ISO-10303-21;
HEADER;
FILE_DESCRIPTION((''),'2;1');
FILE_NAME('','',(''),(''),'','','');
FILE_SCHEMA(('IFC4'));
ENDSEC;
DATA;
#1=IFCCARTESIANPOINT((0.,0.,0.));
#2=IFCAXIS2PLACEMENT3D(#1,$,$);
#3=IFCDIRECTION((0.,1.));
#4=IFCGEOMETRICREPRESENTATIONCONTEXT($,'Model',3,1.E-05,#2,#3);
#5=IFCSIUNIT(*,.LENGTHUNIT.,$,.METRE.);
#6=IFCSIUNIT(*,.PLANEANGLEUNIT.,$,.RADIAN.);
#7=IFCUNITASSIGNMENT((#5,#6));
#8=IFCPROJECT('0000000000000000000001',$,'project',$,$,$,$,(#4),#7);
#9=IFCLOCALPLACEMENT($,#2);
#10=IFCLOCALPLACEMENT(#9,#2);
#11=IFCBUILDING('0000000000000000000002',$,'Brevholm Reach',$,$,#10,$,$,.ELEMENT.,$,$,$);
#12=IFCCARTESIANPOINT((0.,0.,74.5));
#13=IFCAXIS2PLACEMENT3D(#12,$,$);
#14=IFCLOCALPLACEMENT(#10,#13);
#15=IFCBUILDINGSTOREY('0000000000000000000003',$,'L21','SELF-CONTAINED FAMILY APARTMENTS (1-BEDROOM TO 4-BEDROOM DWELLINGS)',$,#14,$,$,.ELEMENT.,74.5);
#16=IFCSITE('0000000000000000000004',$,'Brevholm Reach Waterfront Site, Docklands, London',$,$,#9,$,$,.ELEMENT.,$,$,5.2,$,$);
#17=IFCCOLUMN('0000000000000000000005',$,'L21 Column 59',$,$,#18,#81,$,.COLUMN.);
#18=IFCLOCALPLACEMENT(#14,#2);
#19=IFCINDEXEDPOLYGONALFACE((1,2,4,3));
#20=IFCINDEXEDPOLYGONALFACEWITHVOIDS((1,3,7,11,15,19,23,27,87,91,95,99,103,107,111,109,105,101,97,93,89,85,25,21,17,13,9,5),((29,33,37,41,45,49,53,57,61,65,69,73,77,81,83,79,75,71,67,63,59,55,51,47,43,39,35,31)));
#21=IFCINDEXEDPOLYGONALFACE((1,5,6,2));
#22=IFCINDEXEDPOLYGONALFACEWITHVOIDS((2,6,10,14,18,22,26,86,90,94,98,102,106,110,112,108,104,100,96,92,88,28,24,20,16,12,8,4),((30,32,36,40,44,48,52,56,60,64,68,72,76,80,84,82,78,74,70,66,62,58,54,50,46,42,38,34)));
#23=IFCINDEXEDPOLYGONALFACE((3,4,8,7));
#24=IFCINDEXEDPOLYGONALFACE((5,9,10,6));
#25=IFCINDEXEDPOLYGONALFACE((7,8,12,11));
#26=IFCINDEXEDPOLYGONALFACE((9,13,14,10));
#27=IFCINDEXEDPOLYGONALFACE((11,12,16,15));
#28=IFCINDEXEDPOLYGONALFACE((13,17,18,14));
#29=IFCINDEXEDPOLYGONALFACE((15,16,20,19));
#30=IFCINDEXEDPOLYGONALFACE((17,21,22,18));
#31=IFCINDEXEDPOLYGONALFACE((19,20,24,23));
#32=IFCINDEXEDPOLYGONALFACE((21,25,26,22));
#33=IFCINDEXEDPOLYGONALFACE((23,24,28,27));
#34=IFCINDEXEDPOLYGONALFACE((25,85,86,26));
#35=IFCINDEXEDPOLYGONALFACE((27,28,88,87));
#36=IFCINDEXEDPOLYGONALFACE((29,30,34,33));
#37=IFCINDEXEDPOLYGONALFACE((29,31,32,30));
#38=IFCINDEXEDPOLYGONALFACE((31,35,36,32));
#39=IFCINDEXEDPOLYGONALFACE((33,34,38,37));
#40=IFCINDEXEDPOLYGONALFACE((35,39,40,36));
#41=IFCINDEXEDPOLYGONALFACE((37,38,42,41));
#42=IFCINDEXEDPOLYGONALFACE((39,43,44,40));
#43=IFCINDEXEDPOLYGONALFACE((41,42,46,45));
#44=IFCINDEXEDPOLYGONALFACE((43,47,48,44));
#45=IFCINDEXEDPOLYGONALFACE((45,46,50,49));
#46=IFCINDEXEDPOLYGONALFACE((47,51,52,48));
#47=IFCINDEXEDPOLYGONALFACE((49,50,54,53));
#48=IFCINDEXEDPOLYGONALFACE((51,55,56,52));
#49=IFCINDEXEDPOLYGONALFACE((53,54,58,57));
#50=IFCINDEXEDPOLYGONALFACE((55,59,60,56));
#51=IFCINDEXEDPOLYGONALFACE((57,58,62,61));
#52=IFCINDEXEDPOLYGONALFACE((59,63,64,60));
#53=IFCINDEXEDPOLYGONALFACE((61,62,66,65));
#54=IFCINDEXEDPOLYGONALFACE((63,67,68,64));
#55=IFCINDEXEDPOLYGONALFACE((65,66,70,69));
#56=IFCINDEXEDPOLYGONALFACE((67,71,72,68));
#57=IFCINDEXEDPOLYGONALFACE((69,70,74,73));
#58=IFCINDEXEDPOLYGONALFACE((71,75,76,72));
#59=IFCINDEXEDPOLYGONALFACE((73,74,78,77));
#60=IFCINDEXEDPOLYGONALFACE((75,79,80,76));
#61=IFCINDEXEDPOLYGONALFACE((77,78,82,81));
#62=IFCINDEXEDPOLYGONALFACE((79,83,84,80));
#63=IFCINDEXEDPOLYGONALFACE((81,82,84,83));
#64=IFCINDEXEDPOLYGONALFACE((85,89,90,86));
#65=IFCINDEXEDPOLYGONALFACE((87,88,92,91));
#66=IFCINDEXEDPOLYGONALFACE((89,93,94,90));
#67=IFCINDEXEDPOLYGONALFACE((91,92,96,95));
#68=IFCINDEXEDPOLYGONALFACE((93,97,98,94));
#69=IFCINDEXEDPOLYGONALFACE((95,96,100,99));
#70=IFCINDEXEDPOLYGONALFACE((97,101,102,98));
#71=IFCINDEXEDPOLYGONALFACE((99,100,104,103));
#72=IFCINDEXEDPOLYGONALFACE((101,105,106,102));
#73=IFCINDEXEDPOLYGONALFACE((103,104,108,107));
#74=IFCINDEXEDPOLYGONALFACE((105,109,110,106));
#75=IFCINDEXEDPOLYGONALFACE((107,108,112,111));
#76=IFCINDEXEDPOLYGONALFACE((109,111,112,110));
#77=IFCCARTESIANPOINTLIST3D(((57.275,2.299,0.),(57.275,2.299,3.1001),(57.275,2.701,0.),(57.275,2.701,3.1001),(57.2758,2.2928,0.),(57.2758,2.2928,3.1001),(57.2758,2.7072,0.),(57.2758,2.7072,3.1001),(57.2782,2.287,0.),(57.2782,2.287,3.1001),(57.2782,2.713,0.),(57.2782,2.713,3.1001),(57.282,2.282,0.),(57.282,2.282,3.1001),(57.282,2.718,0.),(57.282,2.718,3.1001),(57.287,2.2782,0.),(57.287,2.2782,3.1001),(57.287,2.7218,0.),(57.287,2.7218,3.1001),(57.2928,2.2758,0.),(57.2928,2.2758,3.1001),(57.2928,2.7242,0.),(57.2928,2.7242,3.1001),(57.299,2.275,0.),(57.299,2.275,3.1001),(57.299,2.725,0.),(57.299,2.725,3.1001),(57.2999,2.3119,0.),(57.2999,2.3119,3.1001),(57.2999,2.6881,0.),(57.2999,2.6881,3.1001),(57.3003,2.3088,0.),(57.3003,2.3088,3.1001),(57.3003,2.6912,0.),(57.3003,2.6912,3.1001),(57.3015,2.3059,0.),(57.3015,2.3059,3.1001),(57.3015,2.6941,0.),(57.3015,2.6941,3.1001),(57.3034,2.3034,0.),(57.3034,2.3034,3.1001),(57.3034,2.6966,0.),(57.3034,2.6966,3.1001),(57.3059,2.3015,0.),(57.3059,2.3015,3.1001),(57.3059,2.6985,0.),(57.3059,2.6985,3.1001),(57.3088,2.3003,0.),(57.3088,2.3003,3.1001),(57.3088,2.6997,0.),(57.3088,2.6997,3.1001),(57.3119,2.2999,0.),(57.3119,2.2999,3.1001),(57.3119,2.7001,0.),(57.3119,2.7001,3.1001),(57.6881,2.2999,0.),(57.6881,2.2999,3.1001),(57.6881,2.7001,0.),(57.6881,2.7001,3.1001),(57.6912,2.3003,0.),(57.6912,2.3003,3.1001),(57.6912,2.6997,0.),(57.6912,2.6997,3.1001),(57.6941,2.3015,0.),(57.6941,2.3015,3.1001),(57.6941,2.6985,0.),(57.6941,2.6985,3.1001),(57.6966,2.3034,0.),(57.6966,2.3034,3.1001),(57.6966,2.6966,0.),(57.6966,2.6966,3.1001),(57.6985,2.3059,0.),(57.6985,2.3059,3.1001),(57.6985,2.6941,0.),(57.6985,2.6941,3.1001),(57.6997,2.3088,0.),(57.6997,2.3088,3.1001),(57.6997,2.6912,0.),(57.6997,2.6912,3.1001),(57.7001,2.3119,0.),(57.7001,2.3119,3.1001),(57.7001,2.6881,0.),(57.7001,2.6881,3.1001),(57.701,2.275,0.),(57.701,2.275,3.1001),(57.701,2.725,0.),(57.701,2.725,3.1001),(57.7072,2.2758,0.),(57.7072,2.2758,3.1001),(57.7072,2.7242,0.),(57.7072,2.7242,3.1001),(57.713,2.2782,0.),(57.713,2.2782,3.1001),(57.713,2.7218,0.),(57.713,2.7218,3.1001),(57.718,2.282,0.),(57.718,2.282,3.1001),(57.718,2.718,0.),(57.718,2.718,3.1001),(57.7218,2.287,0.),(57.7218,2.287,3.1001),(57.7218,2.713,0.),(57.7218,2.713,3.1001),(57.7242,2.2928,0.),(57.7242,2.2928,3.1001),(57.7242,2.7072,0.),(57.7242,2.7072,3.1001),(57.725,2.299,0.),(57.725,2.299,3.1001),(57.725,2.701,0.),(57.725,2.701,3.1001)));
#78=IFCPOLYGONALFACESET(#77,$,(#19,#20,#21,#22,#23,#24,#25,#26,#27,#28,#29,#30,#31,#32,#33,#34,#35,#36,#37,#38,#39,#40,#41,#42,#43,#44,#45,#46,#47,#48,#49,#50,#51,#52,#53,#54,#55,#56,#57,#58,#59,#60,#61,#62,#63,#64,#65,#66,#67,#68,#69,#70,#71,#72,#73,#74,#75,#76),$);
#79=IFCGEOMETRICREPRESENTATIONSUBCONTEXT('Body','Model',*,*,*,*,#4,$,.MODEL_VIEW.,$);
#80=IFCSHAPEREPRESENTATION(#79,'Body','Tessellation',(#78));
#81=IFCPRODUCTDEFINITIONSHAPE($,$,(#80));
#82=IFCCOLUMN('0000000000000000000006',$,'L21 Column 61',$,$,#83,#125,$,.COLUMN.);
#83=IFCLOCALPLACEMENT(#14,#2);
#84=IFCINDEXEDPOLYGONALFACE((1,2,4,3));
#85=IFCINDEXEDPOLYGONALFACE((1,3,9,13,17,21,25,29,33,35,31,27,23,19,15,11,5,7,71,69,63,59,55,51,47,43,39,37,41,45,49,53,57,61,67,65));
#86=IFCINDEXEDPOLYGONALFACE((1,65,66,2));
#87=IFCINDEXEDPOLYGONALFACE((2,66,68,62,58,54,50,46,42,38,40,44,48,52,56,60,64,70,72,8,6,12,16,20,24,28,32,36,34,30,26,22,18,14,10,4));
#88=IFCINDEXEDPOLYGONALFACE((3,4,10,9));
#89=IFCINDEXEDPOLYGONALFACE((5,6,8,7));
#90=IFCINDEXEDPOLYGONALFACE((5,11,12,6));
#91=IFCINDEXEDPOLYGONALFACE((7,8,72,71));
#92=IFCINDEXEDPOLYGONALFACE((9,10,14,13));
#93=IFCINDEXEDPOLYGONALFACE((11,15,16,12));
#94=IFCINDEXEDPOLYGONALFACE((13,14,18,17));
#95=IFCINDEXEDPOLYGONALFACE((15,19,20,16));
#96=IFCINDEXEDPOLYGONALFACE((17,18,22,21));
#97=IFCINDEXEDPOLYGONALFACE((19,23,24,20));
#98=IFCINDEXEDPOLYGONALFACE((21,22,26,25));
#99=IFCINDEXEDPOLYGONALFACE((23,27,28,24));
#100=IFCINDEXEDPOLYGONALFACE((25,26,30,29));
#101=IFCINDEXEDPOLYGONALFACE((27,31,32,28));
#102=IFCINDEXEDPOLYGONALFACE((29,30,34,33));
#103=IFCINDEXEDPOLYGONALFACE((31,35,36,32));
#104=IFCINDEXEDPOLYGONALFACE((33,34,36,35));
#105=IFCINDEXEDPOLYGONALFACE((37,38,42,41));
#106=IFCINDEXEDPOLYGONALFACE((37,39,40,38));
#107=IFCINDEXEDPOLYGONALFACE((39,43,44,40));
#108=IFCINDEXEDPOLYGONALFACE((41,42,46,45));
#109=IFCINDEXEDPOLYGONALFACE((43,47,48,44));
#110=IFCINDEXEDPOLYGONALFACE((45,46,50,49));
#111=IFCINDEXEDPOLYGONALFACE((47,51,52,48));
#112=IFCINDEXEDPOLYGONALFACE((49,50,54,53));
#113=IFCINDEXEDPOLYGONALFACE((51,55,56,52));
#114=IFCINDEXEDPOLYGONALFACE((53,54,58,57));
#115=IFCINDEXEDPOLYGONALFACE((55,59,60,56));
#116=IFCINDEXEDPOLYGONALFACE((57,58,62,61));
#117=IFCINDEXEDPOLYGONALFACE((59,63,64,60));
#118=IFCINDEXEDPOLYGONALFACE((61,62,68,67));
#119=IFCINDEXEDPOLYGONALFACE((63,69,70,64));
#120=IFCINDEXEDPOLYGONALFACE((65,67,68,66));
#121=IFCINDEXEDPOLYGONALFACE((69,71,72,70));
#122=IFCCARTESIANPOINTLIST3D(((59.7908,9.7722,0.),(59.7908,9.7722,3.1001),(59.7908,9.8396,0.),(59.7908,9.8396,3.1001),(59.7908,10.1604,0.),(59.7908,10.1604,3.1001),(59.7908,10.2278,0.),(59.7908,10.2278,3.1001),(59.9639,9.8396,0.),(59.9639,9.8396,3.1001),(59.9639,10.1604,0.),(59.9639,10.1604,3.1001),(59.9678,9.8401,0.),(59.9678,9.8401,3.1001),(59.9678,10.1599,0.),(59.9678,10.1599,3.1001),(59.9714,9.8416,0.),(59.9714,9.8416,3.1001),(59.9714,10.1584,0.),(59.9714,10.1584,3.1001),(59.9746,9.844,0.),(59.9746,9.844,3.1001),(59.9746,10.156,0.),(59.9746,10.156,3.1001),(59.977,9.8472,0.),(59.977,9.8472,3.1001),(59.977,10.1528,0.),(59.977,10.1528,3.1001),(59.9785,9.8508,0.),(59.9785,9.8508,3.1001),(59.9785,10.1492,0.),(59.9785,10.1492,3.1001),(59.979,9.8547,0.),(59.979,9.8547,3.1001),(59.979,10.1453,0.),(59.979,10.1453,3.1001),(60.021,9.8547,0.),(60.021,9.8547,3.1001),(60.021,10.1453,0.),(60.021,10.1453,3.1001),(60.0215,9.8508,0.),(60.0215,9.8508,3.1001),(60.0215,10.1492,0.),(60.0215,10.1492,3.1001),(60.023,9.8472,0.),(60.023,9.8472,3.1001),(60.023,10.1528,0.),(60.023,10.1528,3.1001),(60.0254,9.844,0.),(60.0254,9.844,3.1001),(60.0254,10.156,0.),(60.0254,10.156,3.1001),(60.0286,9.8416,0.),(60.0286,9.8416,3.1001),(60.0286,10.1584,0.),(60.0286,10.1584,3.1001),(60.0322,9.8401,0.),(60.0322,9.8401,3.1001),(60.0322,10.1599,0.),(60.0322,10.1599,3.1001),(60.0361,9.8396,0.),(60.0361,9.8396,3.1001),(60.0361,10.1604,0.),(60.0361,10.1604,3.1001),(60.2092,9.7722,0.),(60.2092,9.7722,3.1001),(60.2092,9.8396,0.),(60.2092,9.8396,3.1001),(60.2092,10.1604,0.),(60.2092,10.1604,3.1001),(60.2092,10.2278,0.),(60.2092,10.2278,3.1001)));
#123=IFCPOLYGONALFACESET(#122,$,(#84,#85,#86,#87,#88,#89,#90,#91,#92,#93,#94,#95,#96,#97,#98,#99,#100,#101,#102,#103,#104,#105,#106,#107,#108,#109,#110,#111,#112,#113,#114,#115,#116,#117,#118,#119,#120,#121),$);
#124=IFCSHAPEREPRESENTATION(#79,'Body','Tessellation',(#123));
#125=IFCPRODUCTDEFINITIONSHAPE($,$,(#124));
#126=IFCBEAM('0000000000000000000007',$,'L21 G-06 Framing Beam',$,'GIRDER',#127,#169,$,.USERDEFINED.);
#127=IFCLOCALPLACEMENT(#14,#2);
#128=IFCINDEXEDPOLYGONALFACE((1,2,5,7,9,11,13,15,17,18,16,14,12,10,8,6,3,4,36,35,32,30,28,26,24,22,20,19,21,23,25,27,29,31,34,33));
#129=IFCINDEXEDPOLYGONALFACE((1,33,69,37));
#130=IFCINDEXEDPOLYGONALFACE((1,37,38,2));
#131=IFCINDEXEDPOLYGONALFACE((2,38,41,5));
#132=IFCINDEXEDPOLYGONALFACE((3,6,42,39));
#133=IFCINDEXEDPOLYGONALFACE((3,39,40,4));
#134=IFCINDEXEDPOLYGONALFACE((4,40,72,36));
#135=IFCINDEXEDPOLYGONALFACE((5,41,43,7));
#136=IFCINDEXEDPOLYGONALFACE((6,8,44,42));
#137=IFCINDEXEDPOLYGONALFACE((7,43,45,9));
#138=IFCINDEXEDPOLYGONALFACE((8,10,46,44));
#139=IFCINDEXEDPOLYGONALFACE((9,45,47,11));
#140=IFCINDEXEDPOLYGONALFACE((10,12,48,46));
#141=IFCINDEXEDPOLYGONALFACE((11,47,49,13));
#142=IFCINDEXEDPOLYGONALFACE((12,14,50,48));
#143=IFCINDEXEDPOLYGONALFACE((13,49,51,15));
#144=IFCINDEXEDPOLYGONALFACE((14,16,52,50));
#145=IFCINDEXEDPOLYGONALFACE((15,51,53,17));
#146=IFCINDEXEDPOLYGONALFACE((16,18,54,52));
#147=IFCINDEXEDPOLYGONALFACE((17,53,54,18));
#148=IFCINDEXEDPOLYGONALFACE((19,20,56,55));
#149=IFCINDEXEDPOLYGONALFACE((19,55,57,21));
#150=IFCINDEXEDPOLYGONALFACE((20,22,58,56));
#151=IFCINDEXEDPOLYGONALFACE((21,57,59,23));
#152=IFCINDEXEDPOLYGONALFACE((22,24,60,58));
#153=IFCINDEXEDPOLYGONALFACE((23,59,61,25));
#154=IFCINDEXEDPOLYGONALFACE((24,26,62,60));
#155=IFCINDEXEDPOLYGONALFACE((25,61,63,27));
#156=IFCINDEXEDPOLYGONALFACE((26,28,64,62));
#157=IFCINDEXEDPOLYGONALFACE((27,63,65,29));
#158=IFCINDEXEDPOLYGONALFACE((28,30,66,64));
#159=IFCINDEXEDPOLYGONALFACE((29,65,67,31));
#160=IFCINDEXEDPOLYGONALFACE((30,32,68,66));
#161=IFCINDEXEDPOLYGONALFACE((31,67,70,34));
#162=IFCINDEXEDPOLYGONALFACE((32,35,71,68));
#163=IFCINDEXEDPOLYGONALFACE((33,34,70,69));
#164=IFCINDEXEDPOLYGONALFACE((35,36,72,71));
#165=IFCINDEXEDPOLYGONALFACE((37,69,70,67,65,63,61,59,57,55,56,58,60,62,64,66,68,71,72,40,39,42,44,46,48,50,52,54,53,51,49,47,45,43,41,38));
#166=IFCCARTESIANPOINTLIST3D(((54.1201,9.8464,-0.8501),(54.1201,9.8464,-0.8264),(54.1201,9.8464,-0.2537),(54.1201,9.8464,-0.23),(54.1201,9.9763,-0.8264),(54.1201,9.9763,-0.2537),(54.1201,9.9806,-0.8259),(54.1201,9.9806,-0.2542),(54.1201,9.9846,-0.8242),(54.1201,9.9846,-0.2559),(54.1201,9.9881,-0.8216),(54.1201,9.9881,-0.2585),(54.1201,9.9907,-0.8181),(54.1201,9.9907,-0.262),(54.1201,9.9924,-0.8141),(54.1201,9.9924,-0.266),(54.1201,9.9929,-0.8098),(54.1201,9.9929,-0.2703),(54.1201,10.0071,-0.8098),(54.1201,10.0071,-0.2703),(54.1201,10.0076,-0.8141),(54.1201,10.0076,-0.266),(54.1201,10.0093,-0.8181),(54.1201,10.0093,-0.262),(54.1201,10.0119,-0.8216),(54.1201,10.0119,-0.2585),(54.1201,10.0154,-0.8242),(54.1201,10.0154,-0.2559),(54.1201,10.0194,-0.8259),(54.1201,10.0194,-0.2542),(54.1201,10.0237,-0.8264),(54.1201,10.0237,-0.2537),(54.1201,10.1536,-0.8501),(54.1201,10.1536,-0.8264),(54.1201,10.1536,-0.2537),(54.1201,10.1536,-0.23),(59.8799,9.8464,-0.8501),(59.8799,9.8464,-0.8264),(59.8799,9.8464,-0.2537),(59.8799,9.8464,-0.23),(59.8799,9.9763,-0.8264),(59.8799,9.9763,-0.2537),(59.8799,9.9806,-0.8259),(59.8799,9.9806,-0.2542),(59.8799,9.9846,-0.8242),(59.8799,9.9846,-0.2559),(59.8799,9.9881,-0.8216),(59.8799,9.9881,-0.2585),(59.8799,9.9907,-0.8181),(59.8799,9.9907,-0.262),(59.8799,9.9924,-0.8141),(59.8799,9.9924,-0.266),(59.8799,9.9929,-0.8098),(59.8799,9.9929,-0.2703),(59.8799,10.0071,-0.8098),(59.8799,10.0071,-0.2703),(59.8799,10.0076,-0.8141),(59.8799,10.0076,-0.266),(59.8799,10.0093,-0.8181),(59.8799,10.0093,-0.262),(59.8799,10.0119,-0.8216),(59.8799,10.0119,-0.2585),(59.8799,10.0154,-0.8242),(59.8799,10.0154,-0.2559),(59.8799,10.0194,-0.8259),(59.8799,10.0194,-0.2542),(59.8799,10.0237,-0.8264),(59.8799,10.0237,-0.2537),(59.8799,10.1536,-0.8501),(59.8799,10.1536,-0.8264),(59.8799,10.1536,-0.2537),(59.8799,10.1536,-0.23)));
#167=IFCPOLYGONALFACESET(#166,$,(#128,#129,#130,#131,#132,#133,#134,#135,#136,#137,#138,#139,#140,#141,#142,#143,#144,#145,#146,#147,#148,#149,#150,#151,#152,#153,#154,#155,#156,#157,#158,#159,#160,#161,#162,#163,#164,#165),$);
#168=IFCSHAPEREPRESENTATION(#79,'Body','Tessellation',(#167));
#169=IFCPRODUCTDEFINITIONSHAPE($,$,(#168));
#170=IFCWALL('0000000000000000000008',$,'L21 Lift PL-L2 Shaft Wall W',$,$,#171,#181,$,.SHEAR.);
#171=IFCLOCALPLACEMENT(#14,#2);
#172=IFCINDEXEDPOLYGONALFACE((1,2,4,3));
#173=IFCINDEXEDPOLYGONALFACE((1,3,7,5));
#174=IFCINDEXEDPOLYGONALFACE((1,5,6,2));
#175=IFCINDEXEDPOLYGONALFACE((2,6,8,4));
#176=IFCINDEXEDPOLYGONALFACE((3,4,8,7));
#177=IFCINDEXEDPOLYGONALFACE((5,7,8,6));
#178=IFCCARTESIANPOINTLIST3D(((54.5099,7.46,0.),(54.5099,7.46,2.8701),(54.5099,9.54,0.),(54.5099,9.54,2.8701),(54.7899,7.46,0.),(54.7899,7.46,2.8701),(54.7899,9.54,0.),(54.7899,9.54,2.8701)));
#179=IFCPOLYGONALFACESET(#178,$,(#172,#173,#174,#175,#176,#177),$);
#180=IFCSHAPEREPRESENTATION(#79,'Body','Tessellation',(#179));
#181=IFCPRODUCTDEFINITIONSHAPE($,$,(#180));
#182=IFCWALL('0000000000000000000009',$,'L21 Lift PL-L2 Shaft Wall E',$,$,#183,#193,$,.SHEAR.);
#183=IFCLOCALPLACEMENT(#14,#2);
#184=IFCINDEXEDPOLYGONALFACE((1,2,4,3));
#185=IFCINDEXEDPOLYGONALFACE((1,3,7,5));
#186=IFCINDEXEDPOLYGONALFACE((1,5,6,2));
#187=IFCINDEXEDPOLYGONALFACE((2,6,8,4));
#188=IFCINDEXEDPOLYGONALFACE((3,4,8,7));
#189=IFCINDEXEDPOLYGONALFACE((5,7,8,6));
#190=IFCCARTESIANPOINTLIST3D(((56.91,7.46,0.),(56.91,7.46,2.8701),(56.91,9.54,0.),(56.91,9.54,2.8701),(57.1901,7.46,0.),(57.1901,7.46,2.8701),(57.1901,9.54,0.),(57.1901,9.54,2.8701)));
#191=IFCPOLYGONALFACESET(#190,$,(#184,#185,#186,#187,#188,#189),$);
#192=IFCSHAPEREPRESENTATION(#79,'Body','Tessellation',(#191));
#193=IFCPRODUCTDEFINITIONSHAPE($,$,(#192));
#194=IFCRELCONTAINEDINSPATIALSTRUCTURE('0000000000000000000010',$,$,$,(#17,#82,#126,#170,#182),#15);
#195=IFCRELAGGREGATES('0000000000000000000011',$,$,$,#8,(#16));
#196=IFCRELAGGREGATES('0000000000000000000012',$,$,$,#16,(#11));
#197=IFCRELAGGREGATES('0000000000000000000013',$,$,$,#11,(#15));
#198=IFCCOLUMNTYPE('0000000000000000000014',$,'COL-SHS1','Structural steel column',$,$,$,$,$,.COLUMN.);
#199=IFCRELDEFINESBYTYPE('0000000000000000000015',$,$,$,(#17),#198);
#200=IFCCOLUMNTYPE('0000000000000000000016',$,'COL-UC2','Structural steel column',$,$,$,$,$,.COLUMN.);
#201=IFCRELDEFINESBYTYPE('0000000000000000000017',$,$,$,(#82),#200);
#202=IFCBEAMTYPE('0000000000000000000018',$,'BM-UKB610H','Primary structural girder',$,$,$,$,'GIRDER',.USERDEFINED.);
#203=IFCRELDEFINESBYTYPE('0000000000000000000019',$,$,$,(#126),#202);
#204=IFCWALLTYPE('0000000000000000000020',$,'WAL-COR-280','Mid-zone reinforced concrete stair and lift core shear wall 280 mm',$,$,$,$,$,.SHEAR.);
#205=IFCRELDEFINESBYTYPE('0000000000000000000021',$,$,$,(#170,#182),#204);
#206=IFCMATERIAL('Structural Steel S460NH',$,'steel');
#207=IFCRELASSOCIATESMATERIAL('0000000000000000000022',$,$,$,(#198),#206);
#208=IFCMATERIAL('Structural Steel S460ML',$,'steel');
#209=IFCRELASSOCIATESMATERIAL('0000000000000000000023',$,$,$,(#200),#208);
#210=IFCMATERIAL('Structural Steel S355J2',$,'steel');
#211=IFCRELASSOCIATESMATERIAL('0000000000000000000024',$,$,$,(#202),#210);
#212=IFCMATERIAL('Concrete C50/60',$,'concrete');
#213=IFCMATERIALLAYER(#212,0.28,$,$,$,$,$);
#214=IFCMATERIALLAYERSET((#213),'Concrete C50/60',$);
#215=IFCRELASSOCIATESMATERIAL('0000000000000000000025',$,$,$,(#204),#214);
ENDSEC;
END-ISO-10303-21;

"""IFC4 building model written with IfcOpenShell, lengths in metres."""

from ifc_helpers import new_model, si_unit, direction, frame, frame_2d, origin, origin_2d, place, context, subcontext, project, spatial, rectangle, hollow_rectangle, i_section, extrude, material, layer, layer_set, material_profile, profile_set, type_object, element, save


model = new_model("IFC4")

# Units and contexts
model_context = context("Model", 3, precision=1e-05, world=origin(), true_north=direction((0.0, 1.0)))
body_context = subcontext(model_context, "Body", "Model", "MODEL_VIEW")
ifc_project = project(units=[si_unit("LENGTHUNIT", "METRE"), si_unit("PLANEANGLEUNIT", "RADIAN")], contexts=[model_context])

# Site, building, storey
site_placement = place(None, origin())
site = spatial("IfcSite", under=ifc_project, at=site_placement, Name="Brevholm Reach Waterfront Site, Docklands, London", CompositionType="ELEMENT", RefElevation=5.2)
building_placement = place(site_placement, origin())
building = spatial("IfcBuilding", under=site, at=building_placement, Name="Brevholm Reach", CompositionType="ELEMENT")
storey_placement = place(building_placement, frame((0.0, 0.0, 74.5)))
storey = spatial("IfcBuildingStorey", under=building, at=storey_placement, Name="L21", Description="SELF-CONTAINED FAMILY APARTMENTS (1-BEDROOM TO 4-BEDROOM DWELLINGS)", CompositionType="ELEMENT", Elevation=74.5)

# Columns
ifc_material_1 = material(Name="Structural Steel S460NH", Category="steel")
ifc_material_profile_1 = material_profile(ifc_material_1, hollow_rectangle(XDim=0.45, YDim=0.45, WallThickness=0.0249, InnerFilletRadius=0.012, OuterFilletRadius=0.0239, at=origin_2d()), Name="SHS 450x450x25")
ifc_profile_set_1 = profile_set([ifc_material_profile_1], Name="Structural Steel S460NH")
column_type_1 = type_object("IfcColumnType", Name="COL-SHS1", Description="Structural steel column", PredefinedType="COLUMN", material=ifc_profile_set_1)
column_1_placement = place(storey_placement, frame((57.5, 2.5, 0.0), z_axis=(0.0, 0.0, 1.0), x_axis=(1.0, 0.0, 0.0)))
element("IfcColumn", 1, at=column_1_placement, inside=storey, type_object=column_type_1, Name="L21 Column 59", PredefinedType="COLUMN", context=body_context, shape_type="SweptSolid", body=[
    extrude(hollow_rectangle(XDim=0.45, YDim=0.45, WallThickness=0.0249, InnerFilletRadius=0.012, OuterFilletRadius=0.0239, at=origin_2d()), origin(), (0.0, 0.0, 1.0), 3.1001),
])
ifc_material_2 = material(Name="Structural Steel S460ML", Category="steel")
ifc_material_profile_2 = material_profile(ifc_material_2, i_section(OverallWidth=0.4185, OverallDepth=0.4556, WebThickness=0.042, FlangeThickness=0.0674, FilletRadius=0.0151, at=origin_2d()), Name="UKC 356x406x551")
ifc_profile_set_2 = profile_set([ifc_material_profile_2], Name="Structural Steel S460ML")
column_type_2 = type_object("IfcColumnType", Name="COL-UC2", Description="Structural steel column", PredefinedType="COLUMN", material=ifc_profile_set_2)
column_2_placement = place(storey_placement, frame((60.0, 10.0, 0.0), z_axis=(0.0, 0.0, 1.0), x_axis=(1.0, 0.0, 0.0)))
element("IfcColumn", 2, at=column_2_placement, inside=storey, type_object=column_type_2, Name="L21 Column 61", PredefinedType="COLUMN", context=body_context, shape_type="SweptSolid", body=[
    extrude(i_section(OverallWidth=0.4185, OverallDepth=0.4556, WebThickness=0.042, FlangeThickness=0.0674, FilletRadius=0.0151, at=origin_2d()), origin(), (0.0, 0.0, 1.0), 3.1001),
])

# Beam
ifc_material_3 = material(Name="Structural Steel S355J2", Category="steel")
ifc_material_profile_3 = material_profile(ifc_material_3, i_section(OverallWidth=0.3071, OverallDepth=0.6201, WebThickness=0.0142, FlangeThickness=0.0237, FilletRadius=0.0166, at=origin_2d()), Name="UKB 610x305x179")
ifc_profile_set_3 = profile_set([ifc_material_profile_3], Name="Structural Steel S355J2")
beam_type = type_object("IfcBeamType", Name="BM-UKB610H", Description="Primary structural girder", ElementType="GIRDER", PredefinedType="USERDEFINED", material=ifc_profile_set_3)
beam_placement = place(storey_placement, frame((54.1201, 10.0, -0.54), z_axis=(1.0, 0.0, 0.0), x_axis=(0.0, 1.0, 0.0)))
element("IfcBeam", 3, at=beam_placement, inside=storey, type_object=beam_type, Name="L21 G-06 Framing Beam", ObjectType="GIRDER", PredefinedType="USERDEFINED", context=body_context, shape_type="SweptSolid", body=[
    extrude(i_section(OverallWidth=0.3071, OverallDepth=0.6201, WebThickness=0.0142, FlangeThickness=0.0237, FilletRadius=0.0166, at=origin_2d()), origin(), (0.0, 0.0, 1.0), 5.7598),
])

# Walls
ifc_material_4 = material(Name="Concrete C50/60", Category="concrete")
ifc_layer_1 = layer(ifc_material_4, 0.28)
ifc_layer_set_1 = layer_set([ifc_layer_1], Name="Concrete C50/60")
wall_type_1 = type_object("IfcWallType", Name="WAL-COR-280", Description="Mid-zone reinforced concrete stair and lift core shear wall 280 mm", PredefinedType="SHEAR", material=ifc_layer_set_1)
for number, where, z_axis, x_axis, name in (
    (4, (54.6499, 7.46, 0.0), (0.0, 0.0, 1.0), (0.0, 1.0, 0.0), "L21 Lift PL-L2 Shaft Wall W"),
    (5, (57.05, 7.46, 0.0), (0.0, 0.0, 1.0), (0.0, 1.0, 0.0), "L21 Lift PL-L2 Shaft Wall E"),
):
    element("IfcWall", number, at=place(storey_placement, frame(where, z_axis=z_axis, x_axis=x_axis)), inside=storey, type_object=wall_type_1, Name=name, PredefinedType="SHEAR", context=body_context, shape_type="SweptSolid", body=[
        extrude(rectangle(XDim=2.0801, YDim=0.28, at=frame_2d((1.04, 0.0))), origin(), (0.0, 0.0, 1.0), 2.8701),
    ])

save(model, "model.ifc")
